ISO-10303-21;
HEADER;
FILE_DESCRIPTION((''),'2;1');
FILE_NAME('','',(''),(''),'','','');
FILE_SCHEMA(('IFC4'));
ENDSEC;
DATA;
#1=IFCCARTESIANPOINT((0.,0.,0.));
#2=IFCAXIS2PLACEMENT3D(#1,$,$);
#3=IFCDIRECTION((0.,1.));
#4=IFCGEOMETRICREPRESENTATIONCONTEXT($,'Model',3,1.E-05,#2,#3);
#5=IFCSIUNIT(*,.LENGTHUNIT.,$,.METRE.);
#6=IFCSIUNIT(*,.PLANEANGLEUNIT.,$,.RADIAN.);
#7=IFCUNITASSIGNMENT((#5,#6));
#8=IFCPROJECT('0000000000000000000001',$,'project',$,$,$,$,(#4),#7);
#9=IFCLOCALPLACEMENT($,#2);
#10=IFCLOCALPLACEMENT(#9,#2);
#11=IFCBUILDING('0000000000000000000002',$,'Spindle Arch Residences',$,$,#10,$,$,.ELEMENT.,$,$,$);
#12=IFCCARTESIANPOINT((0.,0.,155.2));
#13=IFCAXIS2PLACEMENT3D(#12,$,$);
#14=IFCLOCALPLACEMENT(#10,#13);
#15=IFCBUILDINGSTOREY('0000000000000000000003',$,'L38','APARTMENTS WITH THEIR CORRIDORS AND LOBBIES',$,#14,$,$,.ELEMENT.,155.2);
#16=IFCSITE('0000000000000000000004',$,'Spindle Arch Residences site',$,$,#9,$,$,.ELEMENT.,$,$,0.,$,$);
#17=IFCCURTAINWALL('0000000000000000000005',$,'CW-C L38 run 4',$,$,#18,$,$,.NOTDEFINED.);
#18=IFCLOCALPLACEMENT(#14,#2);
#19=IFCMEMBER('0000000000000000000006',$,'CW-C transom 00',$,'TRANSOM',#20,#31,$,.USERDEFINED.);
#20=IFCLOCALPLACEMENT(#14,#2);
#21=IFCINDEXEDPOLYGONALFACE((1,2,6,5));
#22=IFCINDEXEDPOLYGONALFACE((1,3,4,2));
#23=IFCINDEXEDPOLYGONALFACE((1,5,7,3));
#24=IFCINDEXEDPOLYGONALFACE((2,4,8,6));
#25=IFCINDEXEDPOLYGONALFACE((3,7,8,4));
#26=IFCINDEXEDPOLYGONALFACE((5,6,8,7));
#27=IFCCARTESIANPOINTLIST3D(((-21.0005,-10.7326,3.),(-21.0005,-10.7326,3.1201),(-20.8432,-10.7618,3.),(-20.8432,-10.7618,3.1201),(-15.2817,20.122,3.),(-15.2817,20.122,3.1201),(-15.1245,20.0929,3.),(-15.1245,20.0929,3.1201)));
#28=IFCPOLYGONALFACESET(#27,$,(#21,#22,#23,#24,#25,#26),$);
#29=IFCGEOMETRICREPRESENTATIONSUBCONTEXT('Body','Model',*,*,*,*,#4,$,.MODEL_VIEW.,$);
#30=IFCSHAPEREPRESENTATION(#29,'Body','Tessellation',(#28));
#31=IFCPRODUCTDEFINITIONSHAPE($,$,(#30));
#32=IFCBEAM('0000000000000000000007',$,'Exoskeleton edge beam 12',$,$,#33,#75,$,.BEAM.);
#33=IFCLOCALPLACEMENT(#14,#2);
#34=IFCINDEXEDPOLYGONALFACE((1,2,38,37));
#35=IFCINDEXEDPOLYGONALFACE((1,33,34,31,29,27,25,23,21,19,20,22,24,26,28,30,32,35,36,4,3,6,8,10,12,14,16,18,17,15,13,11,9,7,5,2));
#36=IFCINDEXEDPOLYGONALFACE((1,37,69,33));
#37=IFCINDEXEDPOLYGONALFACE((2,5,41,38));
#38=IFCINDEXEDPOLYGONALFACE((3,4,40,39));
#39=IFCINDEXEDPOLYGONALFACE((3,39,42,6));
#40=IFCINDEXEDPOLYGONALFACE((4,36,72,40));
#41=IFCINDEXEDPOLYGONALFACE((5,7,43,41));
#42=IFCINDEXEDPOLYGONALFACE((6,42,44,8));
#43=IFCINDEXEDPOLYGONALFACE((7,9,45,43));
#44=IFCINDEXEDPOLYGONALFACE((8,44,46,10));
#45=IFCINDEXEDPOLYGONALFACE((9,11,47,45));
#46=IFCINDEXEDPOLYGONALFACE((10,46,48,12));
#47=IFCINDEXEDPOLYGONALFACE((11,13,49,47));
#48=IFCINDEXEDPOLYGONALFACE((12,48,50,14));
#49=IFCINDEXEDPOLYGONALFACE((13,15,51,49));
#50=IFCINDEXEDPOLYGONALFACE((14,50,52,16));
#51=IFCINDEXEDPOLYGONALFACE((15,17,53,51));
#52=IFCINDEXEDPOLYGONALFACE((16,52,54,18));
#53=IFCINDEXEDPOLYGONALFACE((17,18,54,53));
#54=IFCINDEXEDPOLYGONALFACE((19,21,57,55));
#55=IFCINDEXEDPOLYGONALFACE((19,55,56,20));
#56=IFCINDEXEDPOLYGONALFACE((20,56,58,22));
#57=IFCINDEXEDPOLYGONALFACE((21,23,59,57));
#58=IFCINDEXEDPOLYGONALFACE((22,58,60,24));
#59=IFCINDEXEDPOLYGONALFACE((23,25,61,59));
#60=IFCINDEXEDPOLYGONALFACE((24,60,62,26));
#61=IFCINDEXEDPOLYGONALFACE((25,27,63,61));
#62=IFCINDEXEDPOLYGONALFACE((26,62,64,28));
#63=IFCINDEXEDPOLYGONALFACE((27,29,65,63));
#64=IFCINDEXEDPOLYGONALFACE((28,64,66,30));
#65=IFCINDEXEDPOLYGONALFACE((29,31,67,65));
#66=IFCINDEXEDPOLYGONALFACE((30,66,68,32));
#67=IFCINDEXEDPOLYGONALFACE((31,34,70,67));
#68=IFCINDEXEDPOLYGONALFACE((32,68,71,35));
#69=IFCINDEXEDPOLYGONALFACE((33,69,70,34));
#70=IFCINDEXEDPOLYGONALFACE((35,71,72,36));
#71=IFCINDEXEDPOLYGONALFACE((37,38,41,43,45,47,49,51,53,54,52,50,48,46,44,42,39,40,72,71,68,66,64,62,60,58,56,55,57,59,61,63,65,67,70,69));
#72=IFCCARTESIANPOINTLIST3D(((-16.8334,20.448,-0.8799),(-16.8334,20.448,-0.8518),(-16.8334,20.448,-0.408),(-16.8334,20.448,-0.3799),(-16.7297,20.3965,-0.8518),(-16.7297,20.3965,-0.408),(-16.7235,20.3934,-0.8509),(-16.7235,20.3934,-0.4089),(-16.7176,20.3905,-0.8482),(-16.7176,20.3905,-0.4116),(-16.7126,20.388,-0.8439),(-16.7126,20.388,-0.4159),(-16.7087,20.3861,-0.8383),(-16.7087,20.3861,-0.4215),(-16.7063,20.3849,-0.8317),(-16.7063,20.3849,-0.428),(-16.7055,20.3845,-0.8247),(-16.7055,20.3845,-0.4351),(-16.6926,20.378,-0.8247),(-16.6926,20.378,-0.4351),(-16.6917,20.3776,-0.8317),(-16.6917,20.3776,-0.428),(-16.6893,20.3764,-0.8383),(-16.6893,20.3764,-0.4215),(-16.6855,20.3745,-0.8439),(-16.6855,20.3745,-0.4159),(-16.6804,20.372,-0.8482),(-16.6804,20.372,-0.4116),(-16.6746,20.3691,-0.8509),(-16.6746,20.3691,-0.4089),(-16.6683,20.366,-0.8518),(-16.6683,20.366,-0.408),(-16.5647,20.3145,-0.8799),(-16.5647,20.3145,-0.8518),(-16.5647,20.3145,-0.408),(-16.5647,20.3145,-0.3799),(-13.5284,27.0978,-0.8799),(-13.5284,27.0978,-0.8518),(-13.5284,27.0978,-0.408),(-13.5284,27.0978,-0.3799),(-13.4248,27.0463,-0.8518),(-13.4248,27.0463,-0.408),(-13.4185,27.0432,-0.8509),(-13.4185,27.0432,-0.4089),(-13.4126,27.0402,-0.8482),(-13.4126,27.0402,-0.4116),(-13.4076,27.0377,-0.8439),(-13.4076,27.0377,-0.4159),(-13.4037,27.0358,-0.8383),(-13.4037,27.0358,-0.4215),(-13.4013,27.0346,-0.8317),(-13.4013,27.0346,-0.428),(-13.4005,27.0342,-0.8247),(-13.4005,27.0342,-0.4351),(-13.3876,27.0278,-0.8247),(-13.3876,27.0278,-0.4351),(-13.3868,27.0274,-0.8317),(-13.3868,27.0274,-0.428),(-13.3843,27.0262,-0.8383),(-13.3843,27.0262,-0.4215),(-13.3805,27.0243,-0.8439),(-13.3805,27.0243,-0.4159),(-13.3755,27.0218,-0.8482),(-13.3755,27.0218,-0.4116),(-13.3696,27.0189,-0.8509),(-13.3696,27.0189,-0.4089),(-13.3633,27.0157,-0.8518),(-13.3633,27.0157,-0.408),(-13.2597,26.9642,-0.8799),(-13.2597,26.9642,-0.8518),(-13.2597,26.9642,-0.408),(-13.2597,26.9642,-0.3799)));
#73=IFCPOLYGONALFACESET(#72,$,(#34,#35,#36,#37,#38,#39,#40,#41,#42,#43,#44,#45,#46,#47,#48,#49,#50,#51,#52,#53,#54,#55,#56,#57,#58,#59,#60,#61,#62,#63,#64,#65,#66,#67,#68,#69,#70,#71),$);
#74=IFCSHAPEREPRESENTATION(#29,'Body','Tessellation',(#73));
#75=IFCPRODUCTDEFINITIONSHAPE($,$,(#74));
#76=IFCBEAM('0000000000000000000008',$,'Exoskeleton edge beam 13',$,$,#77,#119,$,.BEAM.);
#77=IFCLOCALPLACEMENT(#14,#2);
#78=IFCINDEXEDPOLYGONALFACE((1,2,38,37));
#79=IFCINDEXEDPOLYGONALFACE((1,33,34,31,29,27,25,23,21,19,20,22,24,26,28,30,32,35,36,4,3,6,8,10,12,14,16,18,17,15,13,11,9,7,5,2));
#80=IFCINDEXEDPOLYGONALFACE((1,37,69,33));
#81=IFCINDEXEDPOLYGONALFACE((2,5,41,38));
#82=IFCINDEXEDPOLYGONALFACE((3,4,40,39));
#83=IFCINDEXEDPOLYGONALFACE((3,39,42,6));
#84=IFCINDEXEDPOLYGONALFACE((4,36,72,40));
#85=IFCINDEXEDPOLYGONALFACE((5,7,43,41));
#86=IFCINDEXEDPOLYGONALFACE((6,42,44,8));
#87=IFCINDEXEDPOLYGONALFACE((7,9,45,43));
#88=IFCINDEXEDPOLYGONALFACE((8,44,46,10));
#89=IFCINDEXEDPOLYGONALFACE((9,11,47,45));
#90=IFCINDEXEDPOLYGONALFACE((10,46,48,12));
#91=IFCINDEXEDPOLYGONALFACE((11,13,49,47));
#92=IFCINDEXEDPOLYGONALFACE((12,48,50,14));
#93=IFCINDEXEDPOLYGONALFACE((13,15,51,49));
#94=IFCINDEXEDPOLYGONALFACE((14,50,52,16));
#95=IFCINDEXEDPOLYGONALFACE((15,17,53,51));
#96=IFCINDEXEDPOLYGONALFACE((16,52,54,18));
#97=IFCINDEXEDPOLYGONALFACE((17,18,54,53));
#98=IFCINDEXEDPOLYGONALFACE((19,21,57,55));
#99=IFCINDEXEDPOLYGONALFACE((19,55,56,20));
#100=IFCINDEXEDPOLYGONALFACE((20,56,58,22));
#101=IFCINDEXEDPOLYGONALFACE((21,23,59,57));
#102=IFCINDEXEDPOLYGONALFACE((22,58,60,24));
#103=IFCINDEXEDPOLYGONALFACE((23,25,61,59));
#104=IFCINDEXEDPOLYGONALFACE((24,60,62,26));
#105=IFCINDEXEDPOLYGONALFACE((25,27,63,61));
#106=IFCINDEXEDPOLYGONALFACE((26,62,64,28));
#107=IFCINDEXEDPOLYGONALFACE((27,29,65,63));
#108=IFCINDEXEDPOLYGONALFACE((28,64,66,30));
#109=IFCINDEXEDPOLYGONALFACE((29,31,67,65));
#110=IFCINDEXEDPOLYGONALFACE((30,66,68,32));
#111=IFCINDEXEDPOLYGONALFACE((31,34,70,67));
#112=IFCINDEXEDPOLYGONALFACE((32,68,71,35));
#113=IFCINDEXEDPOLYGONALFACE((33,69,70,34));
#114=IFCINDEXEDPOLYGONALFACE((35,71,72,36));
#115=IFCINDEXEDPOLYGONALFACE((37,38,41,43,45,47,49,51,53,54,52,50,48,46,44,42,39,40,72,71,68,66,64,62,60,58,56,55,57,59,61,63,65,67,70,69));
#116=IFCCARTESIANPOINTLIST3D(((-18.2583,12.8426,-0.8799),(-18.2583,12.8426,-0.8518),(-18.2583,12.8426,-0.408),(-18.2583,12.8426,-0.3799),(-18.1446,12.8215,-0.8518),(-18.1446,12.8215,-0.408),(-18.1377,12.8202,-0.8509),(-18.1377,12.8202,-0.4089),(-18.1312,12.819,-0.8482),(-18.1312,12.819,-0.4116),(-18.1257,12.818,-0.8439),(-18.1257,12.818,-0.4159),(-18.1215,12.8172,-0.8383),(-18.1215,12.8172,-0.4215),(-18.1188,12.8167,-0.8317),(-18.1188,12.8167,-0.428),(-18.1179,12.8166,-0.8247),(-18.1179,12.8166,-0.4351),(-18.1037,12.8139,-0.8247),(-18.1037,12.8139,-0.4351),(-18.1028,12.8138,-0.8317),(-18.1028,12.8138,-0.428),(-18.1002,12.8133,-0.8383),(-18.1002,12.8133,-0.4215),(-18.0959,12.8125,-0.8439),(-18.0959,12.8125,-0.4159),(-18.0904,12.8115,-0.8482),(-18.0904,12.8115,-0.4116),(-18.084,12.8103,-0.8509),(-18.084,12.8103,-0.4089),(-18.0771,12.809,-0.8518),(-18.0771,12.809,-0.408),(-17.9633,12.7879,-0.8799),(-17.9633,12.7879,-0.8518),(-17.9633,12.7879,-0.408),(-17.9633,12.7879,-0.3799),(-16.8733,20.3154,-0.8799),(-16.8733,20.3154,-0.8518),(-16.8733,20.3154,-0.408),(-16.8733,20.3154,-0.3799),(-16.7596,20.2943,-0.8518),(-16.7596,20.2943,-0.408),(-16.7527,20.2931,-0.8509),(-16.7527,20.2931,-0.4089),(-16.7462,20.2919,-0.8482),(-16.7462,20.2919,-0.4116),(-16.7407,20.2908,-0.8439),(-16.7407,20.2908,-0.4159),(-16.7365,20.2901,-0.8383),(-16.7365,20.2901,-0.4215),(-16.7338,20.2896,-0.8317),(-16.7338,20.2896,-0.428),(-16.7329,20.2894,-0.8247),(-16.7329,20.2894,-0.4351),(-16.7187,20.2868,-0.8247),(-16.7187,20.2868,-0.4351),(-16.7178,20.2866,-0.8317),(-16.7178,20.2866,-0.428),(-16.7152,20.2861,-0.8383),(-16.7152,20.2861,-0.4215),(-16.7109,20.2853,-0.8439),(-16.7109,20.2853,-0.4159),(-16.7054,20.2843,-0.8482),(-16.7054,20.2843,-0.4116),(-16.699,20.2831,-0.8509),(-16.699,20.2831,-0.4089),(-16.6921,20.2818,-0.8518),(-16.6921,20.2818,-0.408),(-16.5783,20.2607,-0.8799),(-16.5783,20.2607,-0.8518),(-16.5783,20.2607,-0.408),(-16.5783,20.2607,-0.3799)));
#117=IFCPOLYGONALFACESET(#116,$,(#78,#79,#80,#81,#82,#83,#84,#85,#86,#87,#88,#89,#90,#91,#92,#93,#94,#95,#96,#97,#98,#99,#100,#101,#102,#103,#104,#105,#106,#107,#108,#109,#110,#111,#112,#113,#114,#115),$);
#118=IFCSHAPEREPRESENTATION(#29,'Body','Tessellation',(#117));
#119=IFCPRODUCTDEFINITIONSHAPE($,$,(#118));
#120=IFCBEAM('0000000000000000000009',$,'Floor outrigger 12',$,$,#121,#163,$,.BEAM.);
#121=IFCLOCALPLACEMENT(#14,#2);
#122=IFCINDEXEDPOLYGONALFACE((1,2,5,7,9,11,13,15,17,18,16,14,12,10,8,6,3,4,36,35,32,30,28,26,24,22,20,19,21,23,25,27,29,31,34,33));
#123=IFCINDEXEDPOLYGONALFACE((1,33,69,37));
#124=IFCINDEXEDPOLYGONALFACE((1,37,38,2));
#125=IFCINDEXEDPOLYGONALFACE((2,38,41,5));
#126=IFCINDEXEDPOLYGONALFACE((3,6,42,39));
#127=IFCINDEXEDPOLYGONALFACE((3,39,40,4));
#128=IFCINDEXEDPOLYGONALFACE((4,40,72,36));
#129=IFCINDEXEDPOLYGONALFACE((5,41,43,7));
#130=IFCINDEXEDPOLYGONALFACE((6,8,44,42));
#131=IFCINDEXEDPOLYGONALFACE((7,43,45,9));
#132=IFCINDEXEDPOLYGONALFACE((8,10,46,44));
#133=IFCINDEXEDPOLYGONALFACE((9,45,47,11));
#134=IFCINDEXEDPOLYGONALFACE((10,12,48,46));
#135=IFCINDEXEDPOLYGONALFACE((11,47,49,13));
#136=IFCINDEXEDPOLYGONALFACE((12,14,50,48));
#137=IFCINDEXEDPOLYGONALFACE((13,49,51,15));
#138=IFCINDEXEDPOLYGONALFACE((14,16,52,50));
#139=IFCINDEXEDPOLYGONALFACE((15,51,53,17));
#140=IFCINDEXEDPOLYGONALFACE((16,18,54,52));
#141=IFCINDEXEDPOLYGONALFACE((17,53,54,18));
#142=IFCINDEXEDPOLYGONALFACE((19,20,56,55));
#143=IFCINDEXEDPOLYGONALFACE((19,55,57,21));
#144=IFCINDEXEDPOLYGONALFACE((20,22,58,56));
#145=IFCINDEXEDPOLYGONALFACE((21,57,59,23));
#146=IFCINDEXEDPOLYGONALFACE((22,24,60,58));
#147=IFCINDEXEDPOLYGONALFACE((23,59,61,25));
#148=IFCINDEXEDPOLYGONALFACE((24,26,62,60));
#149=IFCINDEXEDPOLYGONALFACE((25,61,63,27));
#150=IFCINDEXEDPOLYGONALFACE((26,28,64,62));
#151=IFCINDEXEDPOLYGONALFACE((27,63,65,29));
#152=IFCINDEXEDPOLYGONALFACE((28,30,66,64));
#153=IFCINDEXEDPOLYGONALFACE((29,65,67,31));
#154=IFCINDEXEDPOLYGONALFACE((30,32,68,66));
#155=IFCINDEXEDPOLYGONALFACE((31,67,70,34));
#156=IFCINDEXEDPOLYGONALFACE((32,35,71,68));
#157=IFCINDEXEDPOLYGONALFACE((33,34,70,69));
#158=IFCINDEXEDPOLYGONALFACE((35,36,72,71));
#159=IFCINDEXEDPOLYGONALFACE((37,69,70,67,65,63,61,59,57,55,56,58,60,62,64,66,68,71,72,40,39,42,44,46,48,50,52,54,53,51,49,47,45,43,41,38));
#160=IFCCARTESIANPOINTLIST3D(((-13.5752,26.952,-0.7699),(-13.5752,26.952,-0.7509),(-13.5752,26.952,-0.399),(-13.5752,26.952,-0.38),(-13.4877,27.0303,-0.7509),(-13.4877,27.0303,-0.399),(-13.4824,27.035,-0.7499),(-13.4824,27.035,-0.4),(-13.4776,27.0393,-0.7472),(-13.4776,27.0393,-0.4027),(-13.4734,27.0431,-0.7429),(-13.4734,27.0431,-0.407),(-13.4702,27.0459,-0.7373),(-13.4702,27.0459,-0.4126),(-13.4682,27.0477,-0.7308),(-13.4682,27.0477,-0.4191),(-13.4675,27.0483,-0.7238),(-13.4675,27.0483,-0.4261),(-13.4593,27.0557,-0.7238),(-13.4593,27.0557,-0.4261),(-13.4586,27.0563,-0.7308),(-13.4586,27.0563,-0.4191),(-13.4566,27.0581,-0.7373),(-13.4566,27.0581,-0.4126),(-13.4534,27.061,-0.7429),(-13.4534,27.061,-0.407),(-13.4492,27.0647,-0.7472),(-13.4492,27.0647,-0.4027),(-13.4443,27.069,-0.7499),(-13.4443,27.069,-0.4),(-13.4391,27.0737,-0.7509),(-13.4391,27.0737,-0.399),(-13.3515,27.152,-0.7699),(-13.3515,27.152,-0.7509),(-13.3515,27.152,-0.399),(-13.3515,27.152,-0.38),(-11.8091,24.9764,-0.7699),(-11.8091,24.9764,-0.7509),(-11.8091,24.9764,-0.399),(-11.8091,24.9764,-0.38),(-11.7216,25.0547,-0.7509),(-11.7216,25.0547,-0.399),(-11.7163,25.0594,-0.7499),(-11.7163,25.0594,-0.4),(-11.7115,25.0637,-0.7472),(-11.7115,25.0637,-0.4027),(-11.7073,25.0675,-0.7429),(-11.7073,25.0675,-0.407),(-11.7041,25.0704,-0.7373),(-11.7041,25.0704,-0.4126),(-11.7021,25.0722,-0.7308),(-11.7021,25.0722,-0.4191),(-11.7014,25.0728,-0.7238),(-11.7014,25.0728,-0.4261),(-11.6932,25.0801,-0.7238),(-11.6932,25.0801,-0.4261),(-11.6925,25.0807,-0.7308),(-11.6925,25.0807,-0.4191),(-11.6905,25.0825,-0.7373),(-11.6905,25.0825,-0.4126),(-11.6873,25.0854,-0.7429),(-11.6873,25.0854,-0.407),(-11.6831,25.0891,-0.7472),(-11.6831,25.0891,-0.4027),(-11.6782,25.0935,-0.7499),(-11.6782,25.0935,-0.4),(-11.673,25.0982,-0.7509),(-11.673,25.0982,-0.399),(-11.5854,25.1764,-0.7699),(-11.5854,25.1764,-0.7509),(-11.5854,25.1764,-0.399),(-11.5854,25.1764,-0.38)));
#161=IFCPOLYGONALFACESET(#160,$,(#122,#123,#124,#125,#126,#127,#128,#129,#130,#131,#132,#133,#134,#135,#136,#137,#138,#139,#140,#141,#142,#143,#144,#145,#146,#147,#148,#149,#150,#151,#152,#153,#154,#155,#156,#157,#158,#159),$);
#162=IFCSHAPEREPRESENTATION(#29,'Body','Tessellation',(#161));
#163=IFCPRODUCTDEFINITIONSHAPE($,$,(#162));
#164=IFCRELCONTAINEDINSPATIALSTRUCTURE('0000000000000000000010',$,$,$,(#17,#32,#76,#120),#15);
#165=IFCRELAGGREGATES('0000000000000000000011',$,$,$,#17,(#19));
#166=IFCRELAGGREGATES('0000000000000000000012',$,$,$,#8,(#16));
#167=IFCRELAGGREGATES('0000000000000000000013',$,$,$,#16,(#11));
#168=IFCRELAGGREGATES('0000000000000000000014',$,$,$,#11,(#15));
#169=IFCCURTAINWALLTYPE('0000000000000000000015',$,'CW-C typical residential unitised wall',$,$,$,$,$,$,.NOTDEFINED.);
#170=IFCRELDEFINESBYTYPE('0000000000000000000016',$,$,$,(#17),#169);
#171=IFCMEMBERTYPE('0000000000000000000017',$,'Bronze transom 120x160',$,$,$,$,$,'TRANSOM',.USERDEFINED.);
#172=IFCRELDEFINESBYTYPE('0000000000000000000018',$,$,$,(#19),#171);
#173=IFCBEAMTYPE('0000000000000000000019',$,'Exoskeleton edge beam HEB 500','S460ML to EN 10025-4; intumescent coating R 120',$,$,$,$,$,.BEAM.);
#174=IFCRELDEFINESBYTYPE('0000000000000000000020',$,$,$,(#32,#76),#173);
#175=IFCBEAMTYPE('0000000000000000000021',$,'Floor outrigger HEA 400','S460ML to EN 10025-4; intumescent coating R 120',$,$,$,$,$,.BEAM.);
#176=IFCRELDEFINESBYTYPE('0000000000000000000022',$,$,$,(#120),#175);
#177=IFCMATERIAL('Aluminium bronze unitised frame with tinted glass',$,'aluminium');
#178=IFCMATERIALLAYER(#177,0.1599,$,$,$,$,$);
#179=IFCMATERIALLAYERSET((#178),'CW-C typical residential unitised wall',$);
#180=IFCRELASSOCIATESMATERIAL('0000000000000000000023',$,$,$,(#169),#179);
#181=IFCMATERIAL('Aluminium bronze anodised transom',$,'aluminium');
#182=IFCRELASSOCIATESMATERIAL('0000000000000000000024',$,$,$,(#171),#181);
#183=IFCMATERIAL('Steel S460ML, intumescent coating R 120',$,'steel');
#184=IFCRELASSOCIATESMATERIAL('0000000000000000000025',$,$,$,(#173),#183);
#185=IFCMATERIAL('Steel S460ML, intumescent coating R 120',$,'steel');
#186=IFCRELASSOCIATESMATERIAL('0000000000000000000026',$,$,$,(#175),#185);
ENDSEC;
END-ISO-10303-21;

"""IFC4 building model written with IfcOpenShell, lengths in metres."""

from ifc_helpers import new_model, si_unit, direction, frame, origin, origin_2d, place, context, subcontext, project, spatial, rectangle, i_section, extrude, material, layer, layer_set, material_profile, profile_set, type_object, element, aggregate, save


model = new_model("IFC4")

# Units and contexts
model_context = context("Model", 3, precision=1e-05, world=origin(), true_north=direction((0.0, 1.0)))
body_context = subcontext(model_context, "Body", "Model", "MODEL_VIEW")
ifc_project = project(units=[si_unit("LENGTHUNIT", "METRE"), si_unit("PLANEANGLEUNIT", "RADIAN")], contexts=[model_context])

# Site, building, storey
site_placement = place(None, origin())
site = spatial("IfcSite", under=ifc_project, at=site_placement, Name="Spindle Arch Residences site", CompositionType="ELEMENT", RefElevation=0.0)
building_placement = place(site_placement, origin())
building = spatial("IfcBuilding", under=site, at=building_placement, Name="Spindle Arch Residences", CompositionType="ELEMENT")
storey_placement = place(building_placement, frame((0.0, 0.0, 155.2)))
storey = spatial("IfcBuildingStorey", under=building, at=storey_placement, Name="L38", Description="APARTMENTS WITH THEIR CORRIDORS AND LOBBIES", CompositionType="ELEMENT", Elevation=155.2)

# Curtain wall
ifc_material_1 = material(Name="Aluminium bronze unitised frame with tinted glass", Category="aluminium")
ifc_layer_1 = layer(ifc_material_1, 0.1599)
ifc_layer_set_1 = layer_set([ifc_layer_1], Name="CW-C typical residential unitised wall")
curtain_wall_type_1 = type_object("IfcCurtainWallType", Name="CW-C typical residential unitised wall", PredefinedType="NOTDEFINED", material=ifc_layer_set_1)
curtain_wall_1_placement = place(storey_placement, origin())
curtain_wall_1 = element("IfcCurtainWall", 1, at=curtain_wall_1_placement, inside=storey, type_object=curtain_wall_type_1, Name="CW-C L38 run 4", PredefinedType="NOTDEFINED")

# Member
ifc_material_2 = material(Name="Aluminium bronze anodised transom", Category="aluminium")
ifc_material_profile_1 = material_profile(ifc_material_2, rectangle(XDim=0.1599, YDim=0.1201, at=origin_2d()), Name="TR 120x160")
ifc_profile_set_1 = profile_set([ifc_material_profile_1], Name="Aluminium bronze anodised transom")
member_type_1 = type_object("IfcMemberType", Name="Bronze transom 120x160", ElementType="TRANSOM", PredefinedType="USERDEFINED", material=ifc_profile_set_1)
member_1_placement = place(storey_placement, frame((-15.2031, 20.1074, 3.0601), z_axis=(-0.182241, -0.983254, 0.0), x_axis=(0.983254, -0.182241, 0.0)))
member_1 = element("IfcMember", 2, at=member_1_placement, type_object=member_type_1, Name="CW-C transom 00", ObjectType="TRANSOM", PredefinedType="USERDEFINED", context=body_context, shape_type="SweptSolid", body=[
    extrude(rectangle(XDim=0.1599, YDim=0.1201, at=origin_2d()), origin(), (0.0, 0.0, 1.0), 31.3801),
])

# Beams
ifc_material_3 = material(Name="Steel S460ML, intumescent coating R 120", Category="steel")
ifc_material_profile_2 = material_profile(ifc_material_3, i_section(OverallWidth=0.3, OverallDepth=0.5, WebThickness=0.0144, FlangeThickness=0.0281, FilletRadius=0.0271, at=origin_2d()), Name="HEB 500")
ifc_profile_set_2 = profile_set([ifc_material_profile_2], Name="Steel S460ML, intumescent coating R 120")
beam_type_1 = type_object("IfcBeamType", Name="Exoskeleton edge beam HEB 500", Description="S460ML to EN 10025-4; intumescent coating R 120", PredefinedType="BEAM", material=ifc_profile_set_2)
beam_1_placement = place(storey_placement, frame((-13.394, 27.031, -0.6299), z_axis=(-0.445069, -0.895496, 0.0), x_axis=(0.895496, -0.445069, 0.0)))
element("IfcBeam", 3, at=beam_1_placement, inside=storey, type_object=beam_type_1, Name="Exoskeleton edge beam 12", PredefinedType="BEAM", context=body_context, shape_type="SweptSolid", body=[
    extrude(i_section(OverallWidth=0.3, OverallDepth=0.5, WebThickness=0.0144, FlangeThickness=0.0281, FilletRadius=0.0271, at=origin_2d()), origin(), (0.0, 0.0, 1.0), 7.4258),
])
beam_2_placement = place(storey_placement, frame((-16.7258, 20.2881, -0.6299), z_axis=(-0.182234, -0.983255, 0.0), x_axis=(0.983255, -0.182234, 0.0)))
element("IfcBeam", 4, at=beam_2_placement, inside=storey, type_object=beam_type_1, Name="Exoskeleton edge beam 13", PredefinedType="BEAM", context=body_context, shape_type="SweptSolid", body=[
    extrude(i_section(OverallWidth=0.3, OverallDepth=0.5, WebThickness=0.0144, FlangeThickness=0.0281, FilletRadius=0.0271, at=origin_2d()), origin(), (0.0, 0.0, 1.0), 7.6001),
])
ifc_material_4 = material(Name="Steel S460ML, intumescent coating R 120", Category="steel")
ifc_material_profile_3 = material_profile(ifc_material_4, i_section(OverallWidth=0.3, OverallDepth=0.3899, WebThickness=0.011, FlangeThickness=0.019, FilletRadius=0.0271, at=origin_2d()), Name="HEA 400")
ifc_profile_set_3 = profile_set([ifc_material_profile_3], Name="Steel S460ML, intumescent coating R 120")
beam_type_2 = type_object("IfcBeamType", Name="Floor outrigger HEA 400", Description="S460ML to EN 10025-4; intumescent coating R 120", PredefinedType="BEAM", material=ifc_profile_set_3)
beam_3_placement = place(storey_placement, frame((-13.4634, 27.052, -0.575), z_axis=(0.666477, -0.745526, 0.0), x_axis=(0.745526, 0.666477, 0.0)))
element("IfcBeam", 5, at=beam_3_placement, inside=storey, type_object=beam_type_2, Name="Floor outrigger 12", PredefinedType="BEAM", context=body_context, shape_type="SweptSolid", body=[
    extrude(i_section(OverallWidth=0.3, OverallDepth=0.3899, WebThickness=0.011, FlangeThickness=0.019, FilletRadius=0.0271, at=origin_2d()), origin(), (0.0, 0.0, 1.0), 2.6499),
])

aggregate(curtain_wall_1, [member_1])

save(model, "model.ifc")
